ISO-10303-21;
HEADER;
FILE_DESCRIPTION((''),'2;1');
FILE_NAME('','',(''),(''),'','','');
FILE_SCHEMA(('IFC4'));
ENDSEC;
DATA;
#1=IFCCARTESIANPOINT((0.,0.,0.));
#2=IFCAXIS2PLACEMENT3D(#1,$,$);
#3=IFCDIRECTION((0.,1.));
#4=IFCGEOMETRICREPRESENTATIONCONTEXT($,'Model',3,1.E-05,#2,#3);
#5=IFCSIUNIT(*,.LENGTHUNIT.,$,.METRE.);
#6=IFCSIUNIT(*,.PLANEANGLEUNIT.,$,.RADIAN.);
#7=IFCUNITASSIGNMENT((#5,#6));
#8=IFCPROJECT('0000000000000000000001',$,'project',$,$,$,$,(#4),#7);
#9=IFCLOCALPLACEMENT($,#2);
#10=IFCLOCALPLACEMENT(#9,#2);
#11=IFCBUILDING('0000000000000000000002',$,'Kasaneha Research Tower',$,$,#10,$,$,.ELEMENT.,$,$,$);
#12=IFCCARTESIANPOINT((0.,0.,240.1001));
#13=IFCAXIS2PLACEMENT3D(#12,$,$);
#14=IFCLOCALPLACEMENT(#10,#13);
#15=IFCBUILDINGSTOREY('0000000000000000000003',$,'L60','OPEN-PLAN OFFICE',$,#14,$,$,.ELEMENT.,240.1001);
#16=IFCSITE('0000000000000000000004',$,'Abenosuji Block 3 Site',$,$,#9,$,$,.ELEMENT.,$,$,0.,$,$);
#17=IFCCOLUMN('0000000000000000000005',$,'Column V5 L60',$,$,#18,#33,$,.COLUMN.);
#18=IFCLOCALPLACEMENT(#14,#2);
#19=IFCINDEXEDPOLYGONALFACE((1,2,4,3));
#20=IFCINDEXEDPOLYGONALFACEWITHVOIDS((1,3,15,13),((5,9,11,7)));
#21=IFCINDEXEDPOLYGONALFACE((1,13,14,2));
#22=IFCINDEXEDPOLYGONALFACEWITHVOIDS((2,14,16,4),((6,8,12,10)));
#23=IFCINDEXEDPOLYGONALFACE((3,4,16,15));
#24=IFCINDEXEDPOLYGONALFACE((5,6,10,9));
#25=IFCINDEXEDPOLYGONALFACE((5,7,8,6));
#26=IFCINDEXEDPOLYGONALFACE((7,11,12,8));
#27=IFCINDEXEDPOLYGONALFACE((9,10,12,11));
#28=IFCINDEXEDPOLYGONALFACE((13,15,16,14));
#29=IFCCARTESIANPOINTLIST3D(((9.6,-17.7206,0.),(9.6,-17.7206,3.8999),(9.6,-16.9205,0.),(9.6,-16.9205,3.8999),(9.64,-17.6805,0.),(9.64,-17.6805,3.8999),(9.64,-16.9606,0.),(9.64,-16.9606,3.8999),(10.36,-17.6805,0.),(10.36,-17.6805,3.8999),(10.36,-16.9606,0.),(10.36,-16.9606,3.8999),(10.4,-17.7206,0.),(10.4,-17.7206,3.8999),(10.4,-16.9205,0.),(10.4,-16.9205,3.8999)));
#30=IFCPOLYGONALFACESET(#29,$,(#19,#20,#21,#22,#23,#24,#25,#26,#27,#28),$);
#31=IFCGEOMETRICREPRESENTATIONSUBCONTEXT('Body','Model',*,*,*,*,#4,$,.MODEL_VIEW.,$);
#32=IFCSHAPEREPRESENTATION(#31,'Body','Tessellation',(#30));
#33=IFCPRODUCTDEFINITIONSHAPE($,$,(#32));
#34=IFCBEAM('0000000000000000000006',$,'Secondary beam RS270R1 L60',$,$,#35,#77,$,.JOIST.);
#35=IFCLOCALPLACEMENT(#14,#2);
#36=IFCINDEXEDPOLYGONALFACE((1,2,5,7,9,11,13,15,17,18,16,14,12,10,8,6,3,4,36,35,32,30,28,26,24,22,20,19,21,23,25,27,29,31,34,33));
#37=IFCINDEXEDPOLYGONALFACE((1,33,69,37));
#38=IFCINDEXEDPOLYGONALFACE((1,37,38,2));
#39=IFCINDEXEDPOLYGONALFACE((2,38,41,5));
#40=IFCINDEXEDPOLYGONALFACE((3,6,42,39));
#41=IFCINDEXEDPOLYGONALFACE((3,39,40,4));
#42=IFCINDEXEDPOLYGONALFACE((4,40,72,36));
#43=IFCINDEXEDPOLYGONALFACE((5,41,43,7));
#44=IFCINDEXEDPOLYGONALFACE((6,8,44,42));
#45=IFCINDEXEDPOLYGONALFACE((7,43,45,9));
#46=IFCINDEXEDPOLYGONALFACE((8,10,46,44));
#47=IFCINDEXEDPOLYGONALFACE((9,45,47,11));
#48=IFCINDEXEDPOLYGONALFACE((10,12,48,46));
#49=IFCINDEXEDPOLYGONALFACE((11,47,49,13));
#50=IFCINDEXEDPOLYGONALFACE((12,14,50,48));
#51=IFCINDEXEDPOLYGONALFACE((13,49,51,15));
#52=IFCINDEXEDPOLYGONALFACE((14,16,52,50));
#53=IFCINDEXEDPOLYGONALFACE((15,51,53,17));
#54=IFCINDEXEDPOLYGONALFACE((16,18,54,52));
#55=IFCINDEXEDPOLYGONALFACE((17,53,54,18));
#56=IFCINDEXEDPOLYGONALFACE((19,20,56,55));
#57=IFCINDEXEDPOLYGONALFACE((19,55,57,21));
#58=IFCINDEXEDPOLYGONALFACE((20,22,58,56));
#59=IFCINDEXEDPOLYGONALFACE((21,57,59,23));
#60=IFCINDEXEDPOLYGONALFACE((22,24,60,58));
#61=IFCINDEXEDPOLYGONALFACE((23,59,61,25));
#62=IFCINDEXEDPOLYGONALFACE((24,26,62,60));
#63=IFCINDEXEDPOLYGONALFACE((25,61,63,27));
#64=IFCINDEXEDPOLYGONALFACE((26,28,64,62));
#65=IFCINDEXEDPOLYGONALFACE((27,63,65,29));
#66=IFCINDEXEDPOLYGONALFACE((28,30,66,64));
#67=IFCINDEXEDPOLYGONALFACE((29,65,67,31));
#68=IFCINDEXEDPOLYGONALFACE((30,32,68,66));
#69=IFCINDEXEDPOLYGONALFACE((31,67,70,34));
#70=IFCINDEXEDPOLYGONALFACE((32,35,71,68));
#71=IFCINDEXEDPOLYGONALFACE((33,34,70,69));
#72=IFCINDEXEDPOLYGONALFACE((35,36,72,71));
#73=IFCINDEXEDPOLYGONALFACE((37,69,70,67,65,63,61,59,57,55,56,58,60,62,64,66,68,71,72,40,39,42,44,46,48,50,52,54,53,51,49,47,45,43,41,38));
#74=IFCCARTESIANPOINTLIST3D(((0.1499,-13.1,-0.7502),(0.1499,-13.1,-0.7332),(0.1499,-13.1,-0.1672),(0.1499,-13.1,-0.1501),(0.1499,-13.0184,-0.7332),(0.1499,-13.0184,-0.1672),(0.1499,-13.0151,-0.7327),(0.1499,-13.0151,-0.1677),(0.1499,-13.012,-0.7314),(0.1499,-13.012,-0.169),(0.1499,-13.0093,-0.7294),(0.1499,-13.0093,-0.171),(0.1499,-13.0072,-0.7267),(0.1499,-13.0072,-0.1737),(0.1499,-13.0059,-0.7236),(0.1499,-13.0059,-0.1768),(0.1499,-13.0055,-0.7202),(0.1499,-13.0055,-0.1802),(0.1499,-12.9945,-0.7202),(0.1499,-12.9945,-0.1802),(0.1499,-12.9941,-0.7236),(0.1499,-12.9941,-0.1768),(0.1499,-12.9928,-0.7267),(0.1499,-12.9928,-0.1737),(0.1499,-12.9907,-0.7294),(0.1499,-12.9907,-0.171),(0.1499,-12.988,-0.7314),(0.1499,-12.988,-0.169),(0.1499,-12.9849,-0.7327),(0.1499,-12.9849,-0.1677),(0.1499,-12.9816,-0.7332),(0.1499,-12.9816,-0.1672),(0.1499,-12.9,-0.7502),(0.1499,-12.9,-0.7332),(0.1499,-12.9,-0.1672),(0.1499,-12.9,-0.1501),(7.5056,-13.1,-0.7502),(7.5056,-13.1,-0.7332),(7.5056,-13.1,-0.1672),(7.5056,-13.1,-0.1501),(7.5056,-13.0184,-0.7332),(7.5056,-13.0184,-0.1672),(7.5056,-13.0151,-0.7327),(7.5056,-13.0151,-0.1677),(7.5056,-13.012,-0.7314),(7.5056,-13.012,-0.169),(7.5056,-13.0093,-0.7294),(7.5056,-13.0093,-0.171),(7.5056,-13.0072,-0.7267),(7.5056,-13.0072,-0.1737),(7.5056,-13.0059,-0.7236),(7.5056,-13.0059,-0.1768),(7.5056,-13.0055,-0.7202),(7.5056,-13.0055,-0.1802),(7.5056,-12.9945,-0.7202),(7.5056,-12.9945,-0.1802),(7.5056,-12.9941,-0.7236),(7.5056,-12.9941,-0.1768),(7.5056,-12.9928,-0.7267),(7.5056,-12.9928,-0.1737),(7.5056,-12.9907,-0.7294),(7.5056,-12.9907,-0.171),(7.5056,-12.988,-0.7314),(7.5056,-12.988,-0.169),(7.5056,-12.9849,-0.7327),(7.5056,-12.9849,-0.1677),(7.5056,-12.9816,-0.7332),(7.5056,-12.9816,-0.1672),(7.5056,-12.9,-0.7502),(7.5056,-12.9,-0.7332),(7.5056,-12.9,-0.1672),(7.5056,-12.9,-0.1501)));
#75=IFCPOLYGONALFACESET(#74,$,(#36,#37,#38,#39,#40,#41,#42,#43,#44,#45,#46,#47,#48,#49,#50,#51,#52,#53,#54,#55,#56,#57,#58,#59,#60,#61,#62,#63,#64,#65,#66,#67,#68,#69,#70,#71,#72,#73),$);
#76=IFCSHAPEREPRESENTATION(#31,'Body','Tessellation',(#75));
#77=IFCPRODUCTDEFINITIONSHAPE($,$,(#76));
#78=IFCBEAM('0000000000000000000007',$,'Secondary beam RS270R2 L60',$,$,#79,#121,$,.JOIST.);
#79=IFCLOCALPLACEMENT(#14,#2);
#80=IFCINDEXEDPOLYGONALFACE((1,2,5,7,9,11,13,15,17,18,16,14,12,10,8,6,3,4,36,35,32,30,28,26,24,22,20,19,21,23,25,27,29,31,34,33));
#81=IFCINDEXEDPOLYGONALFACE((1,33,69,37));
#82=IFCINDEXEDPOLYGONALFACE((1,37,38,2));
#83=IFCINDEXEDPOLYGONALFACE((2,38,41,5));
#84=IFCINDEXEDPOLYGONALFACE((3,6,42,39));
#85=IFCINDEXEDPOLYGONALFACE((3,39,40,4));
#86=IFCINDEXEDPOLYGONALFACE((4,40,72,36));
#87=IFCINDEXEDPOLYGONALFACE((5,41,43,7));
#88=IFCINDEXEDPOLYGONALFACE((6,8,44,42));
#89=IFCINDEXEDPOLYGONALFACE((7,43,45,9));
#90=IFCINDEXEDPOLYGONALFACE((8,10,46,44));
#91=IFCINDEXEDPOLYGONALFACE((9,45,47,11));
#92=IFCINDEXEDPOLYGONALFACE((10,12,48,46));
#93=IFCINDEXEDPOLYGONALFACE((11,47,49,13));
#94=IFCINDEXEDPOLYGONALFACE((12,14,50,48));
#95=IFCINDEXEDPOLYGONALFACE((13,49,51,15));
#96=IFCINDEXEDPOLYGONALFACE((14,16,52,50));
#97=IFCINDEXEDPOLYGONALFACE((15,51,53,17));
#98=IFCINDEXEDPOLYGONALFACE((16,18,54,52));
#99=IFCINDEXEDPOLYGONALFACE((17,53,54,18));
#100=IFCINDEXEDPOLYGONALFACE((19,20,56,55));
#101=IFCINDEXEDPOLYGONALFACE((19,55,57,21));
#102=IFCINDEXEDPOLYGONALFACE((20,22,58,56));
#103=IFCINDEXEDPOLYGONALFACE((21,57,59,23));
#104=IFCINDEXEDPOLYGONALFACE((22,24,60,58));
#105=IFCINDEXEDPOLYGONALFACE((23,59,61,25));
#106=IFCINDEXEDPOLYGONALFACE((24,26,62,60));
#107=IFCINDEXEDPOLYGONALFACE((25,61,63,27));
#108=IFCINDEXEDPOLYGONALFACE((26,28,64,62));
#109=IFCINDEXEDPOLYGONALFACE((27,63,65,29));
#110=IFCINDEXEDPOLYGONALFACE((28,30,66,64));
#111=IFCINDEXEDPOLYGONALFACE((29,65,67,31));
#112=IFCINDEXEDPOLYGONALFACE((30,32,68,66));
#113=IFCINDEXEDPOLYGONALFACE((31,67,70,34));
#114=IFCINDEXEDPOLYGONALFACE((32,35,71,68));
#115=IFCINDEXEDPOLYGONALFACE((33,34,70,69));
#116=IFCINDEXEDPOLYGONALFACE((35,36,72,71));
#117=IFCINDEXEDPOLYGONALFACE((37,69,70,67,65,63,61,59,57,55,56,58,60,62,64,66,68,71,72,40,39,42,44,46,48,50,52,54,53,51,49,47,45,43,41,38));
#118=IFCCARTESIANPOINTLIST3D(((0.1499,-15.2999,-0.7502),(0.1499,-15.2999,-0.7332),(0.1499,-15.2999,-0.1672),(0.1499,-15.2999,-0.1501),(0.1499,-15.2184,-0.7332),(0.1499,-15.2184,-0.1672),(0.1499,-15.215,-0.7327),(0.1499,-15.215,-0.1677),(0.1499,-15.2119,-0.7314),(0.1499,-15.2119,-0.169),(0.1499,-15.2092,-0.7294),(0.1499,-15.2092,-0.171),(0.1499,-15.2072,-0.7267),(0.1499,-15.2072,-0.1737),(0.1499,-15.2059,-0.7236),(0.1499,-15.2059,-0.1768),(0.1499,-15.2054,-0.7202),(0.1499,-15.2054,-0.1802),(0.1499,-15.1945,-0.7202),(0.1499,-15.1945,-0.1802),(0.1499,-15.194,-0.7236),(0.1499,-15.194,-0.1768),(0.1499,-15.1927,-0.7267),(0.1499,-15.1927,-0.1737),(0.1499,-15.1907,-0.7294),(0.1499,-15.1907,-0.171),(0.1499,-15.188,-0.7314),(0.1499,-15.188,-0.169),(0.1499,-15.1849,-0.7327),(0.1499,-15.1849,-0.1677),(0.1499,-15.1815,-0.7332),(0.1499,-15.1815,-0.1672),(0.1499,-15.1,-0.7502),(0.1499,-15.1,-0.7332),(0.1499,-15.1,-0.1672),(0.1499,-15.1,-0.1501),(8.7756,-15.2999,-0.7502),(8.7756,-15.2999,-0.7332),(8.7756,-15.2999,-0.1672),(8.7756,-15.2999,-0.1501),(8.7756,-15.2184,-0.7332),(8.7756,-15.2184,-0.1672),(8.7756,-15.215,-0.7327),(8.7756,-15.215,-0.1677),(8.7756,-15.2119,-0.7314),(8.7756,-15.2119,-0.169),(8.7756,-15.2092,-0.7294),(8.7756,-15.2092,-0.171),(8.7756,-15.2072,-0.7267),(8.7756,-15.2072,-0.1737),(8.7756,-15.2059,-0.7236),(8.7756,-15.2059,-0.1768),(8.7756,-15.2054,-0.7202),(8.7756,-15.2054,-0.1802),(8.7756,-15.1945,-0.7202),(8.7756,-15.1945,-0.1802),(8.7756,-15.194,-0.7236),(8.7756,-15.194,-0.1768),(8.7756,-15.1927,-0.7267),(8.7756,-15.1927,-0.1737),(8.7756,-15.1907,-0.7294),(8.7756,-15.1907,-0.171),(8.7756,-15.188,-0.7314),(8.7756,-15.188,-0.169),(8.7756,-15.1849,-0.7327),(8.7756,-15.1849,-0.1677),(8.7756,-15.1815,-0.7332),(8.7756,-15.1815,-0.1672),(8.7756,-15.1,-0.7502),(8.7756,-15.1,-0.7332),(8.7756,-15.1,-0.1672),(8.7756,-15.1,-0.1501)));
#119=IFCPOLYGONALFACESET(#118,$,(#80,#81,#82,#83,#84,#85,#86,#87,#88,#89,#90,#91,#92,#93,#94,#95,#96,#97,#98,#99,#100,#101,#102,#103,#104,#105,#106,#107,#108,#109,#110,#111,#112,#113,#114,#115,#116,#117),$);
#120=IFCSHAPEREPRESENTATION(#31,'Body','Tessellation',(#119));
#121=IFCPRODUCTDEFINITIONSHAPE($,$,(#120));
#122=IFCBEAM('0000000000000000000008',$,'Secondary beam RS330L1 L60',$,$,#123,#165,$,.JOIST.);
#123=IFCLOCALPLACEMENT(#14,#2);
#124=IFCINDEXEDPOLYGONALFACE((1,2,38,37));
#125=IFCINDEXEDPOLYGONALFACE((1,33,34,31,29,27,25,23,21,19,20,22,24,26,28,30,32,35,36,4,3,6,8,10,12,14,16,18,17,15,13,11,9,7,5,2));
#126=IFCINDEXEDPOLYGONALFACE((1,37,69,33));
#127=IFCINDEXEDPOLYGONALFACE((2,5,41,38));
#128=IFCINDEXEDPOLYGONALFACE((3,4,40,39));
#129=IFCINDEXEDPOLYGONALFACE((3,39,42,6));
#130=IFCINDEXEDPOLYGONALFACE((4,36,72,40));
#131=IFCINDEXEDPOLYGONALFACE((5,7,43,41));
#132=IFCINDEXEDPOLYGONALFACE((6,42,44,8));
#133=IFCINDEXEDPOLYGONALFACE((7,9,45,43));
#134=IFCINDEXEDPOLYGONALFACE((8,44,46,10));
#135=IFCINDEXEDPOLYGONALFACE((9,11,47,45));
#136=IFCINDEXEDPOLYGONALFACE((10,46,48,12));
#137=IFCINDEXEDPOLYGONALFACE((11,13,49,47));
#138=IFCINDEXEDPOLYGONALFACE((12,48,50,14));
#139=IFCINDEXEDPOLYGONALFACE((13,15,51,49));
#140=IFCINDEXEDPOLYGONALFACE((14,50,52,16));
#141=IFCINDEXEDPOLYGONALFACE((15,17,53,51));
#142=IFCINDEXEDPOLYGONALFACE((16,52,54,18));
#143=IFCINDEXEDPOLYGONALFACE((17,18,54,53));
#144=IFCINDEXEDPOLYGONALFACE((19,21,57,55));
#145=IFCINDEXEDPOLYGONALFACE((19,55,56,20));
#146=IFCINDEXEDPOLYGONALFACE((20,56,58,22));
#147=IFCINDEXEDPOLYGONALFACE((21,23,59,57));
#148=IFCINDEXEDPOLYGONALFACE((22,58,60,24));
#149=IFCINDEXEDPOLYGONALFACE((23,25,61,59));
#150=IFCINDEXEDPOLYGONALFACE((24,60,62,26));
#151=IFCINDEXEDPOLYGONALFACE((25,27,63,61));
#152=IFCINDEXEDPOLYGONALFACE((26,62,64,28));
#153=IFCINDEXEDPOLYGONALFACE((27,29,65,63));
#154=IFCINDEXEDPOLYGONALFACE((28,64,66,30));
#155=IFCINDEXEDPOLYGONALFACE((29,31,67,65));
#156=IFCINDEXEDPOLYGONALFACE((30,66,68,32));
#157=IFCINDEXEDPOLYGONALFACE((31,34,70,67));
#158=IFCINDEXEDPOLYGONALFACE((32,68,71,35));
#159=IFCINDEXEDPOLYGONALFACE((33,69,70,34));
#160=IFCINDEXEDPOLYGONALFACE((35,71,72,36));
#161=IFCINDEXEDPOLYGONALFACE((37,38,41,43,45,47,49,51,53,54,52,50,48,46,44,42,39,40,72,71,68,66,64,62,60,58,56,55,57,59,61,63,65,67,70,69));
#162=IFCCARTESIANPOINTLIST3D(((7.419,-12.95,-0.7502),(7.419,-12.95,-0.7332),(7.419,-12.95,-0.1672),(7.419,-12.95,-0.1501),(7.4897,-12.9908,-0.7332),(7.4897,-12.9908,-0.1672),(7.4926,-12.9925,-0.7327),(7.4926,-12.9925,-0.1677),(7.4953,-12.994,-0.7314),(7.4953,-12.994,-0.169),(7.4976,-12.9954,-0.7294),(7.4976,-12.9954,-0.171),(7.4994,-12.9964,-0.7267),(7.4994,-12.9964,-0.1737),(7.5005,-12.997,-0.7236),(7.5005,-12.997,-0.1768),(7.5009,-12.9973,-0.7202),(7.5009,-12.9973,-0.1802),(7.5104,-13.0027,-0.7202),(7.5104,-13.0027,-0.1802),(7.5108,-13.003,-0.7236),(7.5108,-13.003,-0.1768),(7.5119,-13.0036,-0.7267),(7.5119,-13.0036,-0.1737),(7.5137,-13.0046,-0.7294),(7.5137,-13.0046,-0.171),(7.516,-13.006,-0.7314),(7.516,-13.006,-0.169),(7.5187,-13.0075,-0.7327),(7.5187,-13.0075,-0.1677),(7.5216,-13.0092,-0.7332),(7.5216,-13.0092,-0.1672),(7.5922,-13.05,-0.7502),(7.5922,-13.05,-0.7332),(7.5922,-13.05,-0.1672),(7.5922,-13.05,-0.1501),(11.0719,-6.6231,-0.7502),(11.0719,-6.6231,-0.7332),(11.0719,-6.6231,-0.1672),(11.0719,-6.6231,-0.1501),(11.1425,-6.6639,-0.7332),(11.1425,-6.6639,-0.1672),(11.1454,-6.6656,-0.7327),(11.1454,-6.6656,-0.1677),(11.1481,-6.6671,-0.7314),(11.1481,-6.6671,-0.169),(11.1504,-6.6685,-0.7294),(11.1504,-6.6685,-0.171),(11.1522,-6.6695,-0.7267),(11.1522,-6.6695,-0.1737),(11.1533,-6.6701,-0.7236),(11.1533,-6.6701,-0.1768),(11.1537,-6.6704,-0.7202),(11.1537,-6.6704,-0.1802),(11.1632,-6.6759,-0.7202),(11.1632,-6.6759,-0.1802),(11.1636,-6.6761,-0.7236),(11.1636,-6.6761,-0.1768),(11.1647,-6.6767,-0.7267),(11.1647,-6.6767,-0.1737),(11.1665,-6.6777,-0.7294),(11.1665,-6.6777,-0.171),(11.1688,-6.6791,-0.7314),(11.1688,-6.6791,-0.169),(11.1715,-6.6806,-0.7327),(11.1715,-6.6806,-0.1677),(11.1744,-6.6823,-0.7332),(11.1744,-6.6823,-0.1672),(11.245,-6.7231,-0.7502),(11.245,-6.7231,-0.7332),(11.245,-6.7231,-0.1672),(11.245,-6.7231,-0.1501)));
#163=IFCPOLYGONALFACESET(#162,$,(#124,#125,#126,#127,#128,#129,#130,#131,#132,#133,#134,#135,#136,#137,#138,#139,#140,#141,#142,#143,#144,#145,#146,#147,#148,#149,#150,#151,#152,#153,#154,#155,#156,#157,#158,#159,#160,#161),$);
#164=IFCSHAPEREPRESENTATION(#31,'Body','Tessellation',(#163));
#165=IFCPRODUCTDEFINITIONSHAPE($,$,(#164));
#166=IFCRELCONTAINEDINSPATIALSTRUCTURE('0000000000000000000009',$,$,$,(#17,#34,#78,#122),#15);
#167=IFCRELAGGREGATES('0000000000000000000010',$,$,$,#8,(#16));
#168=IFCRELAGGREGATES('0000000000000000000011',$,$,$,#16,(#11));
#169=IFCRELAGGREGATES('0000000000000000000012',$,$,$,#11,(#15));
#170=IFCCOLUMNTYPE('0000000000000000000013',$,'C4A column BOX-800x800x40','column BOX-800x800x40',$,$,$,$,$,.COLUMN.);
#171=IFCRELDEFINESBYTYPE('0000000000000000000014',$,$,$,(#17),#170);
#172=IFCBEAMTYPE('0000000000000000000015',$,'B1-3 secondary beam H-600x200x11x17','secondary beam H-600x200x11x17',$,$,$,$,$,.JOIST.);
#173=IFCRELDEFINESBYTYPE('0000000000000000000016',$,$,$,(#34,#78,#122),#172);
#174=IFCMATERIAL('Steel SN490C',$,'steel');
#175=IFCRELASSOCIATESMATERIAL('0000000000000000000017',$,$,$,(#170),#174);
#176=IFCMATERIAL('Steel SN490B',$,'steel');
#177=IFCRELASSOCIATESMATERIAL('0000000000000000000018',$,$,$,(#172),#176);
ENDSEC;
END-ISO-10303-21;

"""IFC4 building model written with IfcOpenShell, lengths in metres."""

from ifc_helpers import new_model, si_unit, direction, frame, origin, origin_2d, place, context, subcontext, project, spatial, hollow_rectangle, i_section, extrude, material, material_profile, profile_set, type_object, element, save


model = new_model("IFC4")

# Units and contexts
model_context = context("Model", 3, precision=1e-05, world=origin(), true_north=direction((0.0, 1.0)))
body_context = subcontext(model_context, "Body", "Model", "MODEL_VIEW")
ifc_project = project(units=[si_unit("LENGTHUNIT", "METRE"), si_unit("PLANEANGLEUNIT", "RADIAN")], contexts=[model_context])

# Site, building, storey
site_placement = place(None, origin())
site = spatial("IfcSite", under=ifc_project, at=site_placement, Name="Abenosuji Block 3 Site", CompositionType="ELEMENT", RefElevation=0.0)
building_placement = place(site_placement, origin())
building = spatial("IfcBuilding", under=site, at=building_placement, Name="Kasaneha Research Tower", CompositionType="ELEMENT")
storey_placement = place(building_placement, frame((0.0, 0.0, 240.1001)))
storey = spatial("IfcBuildingStorey", under=building, at=storey_placement, Name="L60", Description="OPEN-PLAN OFFICE", CompositionType="ELEMENT", Elevation=240.1001)

# Column
ifc_material_1 = material(Name="Steel SN490C", Category="steel")
ifc_material_profile_1 = material_profile(ifc_material_1, hollow_rectangle(XDim=0.8, YDim=0.8, WallThickness=0.04, at=origin_2d()), Name="BOX-800x800x40")
ifc_profile_set_1 = profile_set([ifc_material_profile_1], Name="Steel SN490C")
column_type = type_object("IfcColumnType", Name="C4A column BOX-800x800x40", Description="column BOX-800x800x40", PredefinedType="COLUMN", material=ifc_profile_set_1)
column_placement = place(storey_placement, frame((10.0, -17.3206, 0.0), z_axis=(0.0, 0.0, 1.0), x_axis=(1.0, 0.0, 0.0)))
element("IfcColumn", 1, at=column_placement, inside=storey, type_object=column_type, Name="Column V5 L60", PredefinedType="COLUMN", context=body_context, shape_type="SweptSolid", body=[
    extrude(hollow_rectangle(XDim=0.8, YDim=0.8, WallThickness=0.04, at=origin_2d()), origin(), (0.0, 0.0, 1.0), 3.8999),
])

# Beams
ifc_material_2 = material(Name="Steel SN490B", Category="steel")
ifc_material_profile_2 = material_profile(ifc_material_2, i_section(OverallWidth=0.2, OverallDepth=0.6001, WebThickness=0.011, FlangeThickness=0.0171, FilletRadius=0.0129, at=origin_2d()), Name="H-600x200x11x17")
ifc_profile_set_2 = profile_set([ifc_material_profile_2], Name="Steel SN490B")
beam_type_1 = type_object("IfcBeamType", Name="B1-3 secondary beam H-600x200x11x17", Description="secondary beam H-600x200x11x17", PredefinedType="JOIST", material=ifc_profile_set_2)
beam_1_placement = place(storey_placement, frame((7.5056, -13.0, -0.4502), z_axis=(-1.0, 0.0, 0.0), x_axis=(0.0, -1.0, 0.0)))
element("IfcBeam", 2, at=beam_1_placement, inside=storey, type_object=beam_type_1, Name="Secondary beam RS270R1 L60", PredefinedType="JOIST", context=body_context, shape_type="SweptSolid", body=[
    extrude(i_section(OverallWidth=0.2, OverallDepth=0.6001, WebThickness=0.011, FlangeThickness=0.0171, FilletRadius=0.0129, at=origin_2d()), origin(), (0.0, 0.0, 1.0), 7.3557),
])
beam_2_placement = place(storey_placement, frame((8.7756, -15.2, -0.4502), z_axis=(-1.0, 0.0, 0.0), x_axis=(0.0, -1.0, 0.0)))
element("IfcBeam", 3, at=beam_2_placement, inside=storey, type_object=beam_type_1, Name="Secondary beam RS270R2 L60", PredefinedType="JOIST", context=body_context, shape_type="SweptSolid", body=[
    extrude(i_section(OverallWidth=0.2, OverallDepth=0.6001, WebThickness=0.011, FlangeThickness=0.0171, FilletRadius=0.0129, at=origin_2d()), origin(), (0.0, 0.0, 1.0), 8.6257),
])
beam_3_placement = place(storey_placement, frame((7.5056, -13.0, -0.4502), z_axis=(0.499999, 0.866026, 0.0), x_axis=(-0.866026, 0.499999, 0.0)))
element("IfcBeam", 4, at=beam_3_placement, inside=storey, type_object=beam_type_1, Name="Secondary beam RS330L1 L60", PredefinedType="JOIST", context=body_context, shape_type="SweptSolid", body=[
    extrude(i_section(OverallWidth=0.2, OverallDepth=0.6001, WebThickness=0.011, FlangeThickness=0.0171, FilletRadius=0.0129, at=origin_2d()), origin(), (0.0, 0.0, 1.0), 7.3057),
])

save(model, "model.ifc")
